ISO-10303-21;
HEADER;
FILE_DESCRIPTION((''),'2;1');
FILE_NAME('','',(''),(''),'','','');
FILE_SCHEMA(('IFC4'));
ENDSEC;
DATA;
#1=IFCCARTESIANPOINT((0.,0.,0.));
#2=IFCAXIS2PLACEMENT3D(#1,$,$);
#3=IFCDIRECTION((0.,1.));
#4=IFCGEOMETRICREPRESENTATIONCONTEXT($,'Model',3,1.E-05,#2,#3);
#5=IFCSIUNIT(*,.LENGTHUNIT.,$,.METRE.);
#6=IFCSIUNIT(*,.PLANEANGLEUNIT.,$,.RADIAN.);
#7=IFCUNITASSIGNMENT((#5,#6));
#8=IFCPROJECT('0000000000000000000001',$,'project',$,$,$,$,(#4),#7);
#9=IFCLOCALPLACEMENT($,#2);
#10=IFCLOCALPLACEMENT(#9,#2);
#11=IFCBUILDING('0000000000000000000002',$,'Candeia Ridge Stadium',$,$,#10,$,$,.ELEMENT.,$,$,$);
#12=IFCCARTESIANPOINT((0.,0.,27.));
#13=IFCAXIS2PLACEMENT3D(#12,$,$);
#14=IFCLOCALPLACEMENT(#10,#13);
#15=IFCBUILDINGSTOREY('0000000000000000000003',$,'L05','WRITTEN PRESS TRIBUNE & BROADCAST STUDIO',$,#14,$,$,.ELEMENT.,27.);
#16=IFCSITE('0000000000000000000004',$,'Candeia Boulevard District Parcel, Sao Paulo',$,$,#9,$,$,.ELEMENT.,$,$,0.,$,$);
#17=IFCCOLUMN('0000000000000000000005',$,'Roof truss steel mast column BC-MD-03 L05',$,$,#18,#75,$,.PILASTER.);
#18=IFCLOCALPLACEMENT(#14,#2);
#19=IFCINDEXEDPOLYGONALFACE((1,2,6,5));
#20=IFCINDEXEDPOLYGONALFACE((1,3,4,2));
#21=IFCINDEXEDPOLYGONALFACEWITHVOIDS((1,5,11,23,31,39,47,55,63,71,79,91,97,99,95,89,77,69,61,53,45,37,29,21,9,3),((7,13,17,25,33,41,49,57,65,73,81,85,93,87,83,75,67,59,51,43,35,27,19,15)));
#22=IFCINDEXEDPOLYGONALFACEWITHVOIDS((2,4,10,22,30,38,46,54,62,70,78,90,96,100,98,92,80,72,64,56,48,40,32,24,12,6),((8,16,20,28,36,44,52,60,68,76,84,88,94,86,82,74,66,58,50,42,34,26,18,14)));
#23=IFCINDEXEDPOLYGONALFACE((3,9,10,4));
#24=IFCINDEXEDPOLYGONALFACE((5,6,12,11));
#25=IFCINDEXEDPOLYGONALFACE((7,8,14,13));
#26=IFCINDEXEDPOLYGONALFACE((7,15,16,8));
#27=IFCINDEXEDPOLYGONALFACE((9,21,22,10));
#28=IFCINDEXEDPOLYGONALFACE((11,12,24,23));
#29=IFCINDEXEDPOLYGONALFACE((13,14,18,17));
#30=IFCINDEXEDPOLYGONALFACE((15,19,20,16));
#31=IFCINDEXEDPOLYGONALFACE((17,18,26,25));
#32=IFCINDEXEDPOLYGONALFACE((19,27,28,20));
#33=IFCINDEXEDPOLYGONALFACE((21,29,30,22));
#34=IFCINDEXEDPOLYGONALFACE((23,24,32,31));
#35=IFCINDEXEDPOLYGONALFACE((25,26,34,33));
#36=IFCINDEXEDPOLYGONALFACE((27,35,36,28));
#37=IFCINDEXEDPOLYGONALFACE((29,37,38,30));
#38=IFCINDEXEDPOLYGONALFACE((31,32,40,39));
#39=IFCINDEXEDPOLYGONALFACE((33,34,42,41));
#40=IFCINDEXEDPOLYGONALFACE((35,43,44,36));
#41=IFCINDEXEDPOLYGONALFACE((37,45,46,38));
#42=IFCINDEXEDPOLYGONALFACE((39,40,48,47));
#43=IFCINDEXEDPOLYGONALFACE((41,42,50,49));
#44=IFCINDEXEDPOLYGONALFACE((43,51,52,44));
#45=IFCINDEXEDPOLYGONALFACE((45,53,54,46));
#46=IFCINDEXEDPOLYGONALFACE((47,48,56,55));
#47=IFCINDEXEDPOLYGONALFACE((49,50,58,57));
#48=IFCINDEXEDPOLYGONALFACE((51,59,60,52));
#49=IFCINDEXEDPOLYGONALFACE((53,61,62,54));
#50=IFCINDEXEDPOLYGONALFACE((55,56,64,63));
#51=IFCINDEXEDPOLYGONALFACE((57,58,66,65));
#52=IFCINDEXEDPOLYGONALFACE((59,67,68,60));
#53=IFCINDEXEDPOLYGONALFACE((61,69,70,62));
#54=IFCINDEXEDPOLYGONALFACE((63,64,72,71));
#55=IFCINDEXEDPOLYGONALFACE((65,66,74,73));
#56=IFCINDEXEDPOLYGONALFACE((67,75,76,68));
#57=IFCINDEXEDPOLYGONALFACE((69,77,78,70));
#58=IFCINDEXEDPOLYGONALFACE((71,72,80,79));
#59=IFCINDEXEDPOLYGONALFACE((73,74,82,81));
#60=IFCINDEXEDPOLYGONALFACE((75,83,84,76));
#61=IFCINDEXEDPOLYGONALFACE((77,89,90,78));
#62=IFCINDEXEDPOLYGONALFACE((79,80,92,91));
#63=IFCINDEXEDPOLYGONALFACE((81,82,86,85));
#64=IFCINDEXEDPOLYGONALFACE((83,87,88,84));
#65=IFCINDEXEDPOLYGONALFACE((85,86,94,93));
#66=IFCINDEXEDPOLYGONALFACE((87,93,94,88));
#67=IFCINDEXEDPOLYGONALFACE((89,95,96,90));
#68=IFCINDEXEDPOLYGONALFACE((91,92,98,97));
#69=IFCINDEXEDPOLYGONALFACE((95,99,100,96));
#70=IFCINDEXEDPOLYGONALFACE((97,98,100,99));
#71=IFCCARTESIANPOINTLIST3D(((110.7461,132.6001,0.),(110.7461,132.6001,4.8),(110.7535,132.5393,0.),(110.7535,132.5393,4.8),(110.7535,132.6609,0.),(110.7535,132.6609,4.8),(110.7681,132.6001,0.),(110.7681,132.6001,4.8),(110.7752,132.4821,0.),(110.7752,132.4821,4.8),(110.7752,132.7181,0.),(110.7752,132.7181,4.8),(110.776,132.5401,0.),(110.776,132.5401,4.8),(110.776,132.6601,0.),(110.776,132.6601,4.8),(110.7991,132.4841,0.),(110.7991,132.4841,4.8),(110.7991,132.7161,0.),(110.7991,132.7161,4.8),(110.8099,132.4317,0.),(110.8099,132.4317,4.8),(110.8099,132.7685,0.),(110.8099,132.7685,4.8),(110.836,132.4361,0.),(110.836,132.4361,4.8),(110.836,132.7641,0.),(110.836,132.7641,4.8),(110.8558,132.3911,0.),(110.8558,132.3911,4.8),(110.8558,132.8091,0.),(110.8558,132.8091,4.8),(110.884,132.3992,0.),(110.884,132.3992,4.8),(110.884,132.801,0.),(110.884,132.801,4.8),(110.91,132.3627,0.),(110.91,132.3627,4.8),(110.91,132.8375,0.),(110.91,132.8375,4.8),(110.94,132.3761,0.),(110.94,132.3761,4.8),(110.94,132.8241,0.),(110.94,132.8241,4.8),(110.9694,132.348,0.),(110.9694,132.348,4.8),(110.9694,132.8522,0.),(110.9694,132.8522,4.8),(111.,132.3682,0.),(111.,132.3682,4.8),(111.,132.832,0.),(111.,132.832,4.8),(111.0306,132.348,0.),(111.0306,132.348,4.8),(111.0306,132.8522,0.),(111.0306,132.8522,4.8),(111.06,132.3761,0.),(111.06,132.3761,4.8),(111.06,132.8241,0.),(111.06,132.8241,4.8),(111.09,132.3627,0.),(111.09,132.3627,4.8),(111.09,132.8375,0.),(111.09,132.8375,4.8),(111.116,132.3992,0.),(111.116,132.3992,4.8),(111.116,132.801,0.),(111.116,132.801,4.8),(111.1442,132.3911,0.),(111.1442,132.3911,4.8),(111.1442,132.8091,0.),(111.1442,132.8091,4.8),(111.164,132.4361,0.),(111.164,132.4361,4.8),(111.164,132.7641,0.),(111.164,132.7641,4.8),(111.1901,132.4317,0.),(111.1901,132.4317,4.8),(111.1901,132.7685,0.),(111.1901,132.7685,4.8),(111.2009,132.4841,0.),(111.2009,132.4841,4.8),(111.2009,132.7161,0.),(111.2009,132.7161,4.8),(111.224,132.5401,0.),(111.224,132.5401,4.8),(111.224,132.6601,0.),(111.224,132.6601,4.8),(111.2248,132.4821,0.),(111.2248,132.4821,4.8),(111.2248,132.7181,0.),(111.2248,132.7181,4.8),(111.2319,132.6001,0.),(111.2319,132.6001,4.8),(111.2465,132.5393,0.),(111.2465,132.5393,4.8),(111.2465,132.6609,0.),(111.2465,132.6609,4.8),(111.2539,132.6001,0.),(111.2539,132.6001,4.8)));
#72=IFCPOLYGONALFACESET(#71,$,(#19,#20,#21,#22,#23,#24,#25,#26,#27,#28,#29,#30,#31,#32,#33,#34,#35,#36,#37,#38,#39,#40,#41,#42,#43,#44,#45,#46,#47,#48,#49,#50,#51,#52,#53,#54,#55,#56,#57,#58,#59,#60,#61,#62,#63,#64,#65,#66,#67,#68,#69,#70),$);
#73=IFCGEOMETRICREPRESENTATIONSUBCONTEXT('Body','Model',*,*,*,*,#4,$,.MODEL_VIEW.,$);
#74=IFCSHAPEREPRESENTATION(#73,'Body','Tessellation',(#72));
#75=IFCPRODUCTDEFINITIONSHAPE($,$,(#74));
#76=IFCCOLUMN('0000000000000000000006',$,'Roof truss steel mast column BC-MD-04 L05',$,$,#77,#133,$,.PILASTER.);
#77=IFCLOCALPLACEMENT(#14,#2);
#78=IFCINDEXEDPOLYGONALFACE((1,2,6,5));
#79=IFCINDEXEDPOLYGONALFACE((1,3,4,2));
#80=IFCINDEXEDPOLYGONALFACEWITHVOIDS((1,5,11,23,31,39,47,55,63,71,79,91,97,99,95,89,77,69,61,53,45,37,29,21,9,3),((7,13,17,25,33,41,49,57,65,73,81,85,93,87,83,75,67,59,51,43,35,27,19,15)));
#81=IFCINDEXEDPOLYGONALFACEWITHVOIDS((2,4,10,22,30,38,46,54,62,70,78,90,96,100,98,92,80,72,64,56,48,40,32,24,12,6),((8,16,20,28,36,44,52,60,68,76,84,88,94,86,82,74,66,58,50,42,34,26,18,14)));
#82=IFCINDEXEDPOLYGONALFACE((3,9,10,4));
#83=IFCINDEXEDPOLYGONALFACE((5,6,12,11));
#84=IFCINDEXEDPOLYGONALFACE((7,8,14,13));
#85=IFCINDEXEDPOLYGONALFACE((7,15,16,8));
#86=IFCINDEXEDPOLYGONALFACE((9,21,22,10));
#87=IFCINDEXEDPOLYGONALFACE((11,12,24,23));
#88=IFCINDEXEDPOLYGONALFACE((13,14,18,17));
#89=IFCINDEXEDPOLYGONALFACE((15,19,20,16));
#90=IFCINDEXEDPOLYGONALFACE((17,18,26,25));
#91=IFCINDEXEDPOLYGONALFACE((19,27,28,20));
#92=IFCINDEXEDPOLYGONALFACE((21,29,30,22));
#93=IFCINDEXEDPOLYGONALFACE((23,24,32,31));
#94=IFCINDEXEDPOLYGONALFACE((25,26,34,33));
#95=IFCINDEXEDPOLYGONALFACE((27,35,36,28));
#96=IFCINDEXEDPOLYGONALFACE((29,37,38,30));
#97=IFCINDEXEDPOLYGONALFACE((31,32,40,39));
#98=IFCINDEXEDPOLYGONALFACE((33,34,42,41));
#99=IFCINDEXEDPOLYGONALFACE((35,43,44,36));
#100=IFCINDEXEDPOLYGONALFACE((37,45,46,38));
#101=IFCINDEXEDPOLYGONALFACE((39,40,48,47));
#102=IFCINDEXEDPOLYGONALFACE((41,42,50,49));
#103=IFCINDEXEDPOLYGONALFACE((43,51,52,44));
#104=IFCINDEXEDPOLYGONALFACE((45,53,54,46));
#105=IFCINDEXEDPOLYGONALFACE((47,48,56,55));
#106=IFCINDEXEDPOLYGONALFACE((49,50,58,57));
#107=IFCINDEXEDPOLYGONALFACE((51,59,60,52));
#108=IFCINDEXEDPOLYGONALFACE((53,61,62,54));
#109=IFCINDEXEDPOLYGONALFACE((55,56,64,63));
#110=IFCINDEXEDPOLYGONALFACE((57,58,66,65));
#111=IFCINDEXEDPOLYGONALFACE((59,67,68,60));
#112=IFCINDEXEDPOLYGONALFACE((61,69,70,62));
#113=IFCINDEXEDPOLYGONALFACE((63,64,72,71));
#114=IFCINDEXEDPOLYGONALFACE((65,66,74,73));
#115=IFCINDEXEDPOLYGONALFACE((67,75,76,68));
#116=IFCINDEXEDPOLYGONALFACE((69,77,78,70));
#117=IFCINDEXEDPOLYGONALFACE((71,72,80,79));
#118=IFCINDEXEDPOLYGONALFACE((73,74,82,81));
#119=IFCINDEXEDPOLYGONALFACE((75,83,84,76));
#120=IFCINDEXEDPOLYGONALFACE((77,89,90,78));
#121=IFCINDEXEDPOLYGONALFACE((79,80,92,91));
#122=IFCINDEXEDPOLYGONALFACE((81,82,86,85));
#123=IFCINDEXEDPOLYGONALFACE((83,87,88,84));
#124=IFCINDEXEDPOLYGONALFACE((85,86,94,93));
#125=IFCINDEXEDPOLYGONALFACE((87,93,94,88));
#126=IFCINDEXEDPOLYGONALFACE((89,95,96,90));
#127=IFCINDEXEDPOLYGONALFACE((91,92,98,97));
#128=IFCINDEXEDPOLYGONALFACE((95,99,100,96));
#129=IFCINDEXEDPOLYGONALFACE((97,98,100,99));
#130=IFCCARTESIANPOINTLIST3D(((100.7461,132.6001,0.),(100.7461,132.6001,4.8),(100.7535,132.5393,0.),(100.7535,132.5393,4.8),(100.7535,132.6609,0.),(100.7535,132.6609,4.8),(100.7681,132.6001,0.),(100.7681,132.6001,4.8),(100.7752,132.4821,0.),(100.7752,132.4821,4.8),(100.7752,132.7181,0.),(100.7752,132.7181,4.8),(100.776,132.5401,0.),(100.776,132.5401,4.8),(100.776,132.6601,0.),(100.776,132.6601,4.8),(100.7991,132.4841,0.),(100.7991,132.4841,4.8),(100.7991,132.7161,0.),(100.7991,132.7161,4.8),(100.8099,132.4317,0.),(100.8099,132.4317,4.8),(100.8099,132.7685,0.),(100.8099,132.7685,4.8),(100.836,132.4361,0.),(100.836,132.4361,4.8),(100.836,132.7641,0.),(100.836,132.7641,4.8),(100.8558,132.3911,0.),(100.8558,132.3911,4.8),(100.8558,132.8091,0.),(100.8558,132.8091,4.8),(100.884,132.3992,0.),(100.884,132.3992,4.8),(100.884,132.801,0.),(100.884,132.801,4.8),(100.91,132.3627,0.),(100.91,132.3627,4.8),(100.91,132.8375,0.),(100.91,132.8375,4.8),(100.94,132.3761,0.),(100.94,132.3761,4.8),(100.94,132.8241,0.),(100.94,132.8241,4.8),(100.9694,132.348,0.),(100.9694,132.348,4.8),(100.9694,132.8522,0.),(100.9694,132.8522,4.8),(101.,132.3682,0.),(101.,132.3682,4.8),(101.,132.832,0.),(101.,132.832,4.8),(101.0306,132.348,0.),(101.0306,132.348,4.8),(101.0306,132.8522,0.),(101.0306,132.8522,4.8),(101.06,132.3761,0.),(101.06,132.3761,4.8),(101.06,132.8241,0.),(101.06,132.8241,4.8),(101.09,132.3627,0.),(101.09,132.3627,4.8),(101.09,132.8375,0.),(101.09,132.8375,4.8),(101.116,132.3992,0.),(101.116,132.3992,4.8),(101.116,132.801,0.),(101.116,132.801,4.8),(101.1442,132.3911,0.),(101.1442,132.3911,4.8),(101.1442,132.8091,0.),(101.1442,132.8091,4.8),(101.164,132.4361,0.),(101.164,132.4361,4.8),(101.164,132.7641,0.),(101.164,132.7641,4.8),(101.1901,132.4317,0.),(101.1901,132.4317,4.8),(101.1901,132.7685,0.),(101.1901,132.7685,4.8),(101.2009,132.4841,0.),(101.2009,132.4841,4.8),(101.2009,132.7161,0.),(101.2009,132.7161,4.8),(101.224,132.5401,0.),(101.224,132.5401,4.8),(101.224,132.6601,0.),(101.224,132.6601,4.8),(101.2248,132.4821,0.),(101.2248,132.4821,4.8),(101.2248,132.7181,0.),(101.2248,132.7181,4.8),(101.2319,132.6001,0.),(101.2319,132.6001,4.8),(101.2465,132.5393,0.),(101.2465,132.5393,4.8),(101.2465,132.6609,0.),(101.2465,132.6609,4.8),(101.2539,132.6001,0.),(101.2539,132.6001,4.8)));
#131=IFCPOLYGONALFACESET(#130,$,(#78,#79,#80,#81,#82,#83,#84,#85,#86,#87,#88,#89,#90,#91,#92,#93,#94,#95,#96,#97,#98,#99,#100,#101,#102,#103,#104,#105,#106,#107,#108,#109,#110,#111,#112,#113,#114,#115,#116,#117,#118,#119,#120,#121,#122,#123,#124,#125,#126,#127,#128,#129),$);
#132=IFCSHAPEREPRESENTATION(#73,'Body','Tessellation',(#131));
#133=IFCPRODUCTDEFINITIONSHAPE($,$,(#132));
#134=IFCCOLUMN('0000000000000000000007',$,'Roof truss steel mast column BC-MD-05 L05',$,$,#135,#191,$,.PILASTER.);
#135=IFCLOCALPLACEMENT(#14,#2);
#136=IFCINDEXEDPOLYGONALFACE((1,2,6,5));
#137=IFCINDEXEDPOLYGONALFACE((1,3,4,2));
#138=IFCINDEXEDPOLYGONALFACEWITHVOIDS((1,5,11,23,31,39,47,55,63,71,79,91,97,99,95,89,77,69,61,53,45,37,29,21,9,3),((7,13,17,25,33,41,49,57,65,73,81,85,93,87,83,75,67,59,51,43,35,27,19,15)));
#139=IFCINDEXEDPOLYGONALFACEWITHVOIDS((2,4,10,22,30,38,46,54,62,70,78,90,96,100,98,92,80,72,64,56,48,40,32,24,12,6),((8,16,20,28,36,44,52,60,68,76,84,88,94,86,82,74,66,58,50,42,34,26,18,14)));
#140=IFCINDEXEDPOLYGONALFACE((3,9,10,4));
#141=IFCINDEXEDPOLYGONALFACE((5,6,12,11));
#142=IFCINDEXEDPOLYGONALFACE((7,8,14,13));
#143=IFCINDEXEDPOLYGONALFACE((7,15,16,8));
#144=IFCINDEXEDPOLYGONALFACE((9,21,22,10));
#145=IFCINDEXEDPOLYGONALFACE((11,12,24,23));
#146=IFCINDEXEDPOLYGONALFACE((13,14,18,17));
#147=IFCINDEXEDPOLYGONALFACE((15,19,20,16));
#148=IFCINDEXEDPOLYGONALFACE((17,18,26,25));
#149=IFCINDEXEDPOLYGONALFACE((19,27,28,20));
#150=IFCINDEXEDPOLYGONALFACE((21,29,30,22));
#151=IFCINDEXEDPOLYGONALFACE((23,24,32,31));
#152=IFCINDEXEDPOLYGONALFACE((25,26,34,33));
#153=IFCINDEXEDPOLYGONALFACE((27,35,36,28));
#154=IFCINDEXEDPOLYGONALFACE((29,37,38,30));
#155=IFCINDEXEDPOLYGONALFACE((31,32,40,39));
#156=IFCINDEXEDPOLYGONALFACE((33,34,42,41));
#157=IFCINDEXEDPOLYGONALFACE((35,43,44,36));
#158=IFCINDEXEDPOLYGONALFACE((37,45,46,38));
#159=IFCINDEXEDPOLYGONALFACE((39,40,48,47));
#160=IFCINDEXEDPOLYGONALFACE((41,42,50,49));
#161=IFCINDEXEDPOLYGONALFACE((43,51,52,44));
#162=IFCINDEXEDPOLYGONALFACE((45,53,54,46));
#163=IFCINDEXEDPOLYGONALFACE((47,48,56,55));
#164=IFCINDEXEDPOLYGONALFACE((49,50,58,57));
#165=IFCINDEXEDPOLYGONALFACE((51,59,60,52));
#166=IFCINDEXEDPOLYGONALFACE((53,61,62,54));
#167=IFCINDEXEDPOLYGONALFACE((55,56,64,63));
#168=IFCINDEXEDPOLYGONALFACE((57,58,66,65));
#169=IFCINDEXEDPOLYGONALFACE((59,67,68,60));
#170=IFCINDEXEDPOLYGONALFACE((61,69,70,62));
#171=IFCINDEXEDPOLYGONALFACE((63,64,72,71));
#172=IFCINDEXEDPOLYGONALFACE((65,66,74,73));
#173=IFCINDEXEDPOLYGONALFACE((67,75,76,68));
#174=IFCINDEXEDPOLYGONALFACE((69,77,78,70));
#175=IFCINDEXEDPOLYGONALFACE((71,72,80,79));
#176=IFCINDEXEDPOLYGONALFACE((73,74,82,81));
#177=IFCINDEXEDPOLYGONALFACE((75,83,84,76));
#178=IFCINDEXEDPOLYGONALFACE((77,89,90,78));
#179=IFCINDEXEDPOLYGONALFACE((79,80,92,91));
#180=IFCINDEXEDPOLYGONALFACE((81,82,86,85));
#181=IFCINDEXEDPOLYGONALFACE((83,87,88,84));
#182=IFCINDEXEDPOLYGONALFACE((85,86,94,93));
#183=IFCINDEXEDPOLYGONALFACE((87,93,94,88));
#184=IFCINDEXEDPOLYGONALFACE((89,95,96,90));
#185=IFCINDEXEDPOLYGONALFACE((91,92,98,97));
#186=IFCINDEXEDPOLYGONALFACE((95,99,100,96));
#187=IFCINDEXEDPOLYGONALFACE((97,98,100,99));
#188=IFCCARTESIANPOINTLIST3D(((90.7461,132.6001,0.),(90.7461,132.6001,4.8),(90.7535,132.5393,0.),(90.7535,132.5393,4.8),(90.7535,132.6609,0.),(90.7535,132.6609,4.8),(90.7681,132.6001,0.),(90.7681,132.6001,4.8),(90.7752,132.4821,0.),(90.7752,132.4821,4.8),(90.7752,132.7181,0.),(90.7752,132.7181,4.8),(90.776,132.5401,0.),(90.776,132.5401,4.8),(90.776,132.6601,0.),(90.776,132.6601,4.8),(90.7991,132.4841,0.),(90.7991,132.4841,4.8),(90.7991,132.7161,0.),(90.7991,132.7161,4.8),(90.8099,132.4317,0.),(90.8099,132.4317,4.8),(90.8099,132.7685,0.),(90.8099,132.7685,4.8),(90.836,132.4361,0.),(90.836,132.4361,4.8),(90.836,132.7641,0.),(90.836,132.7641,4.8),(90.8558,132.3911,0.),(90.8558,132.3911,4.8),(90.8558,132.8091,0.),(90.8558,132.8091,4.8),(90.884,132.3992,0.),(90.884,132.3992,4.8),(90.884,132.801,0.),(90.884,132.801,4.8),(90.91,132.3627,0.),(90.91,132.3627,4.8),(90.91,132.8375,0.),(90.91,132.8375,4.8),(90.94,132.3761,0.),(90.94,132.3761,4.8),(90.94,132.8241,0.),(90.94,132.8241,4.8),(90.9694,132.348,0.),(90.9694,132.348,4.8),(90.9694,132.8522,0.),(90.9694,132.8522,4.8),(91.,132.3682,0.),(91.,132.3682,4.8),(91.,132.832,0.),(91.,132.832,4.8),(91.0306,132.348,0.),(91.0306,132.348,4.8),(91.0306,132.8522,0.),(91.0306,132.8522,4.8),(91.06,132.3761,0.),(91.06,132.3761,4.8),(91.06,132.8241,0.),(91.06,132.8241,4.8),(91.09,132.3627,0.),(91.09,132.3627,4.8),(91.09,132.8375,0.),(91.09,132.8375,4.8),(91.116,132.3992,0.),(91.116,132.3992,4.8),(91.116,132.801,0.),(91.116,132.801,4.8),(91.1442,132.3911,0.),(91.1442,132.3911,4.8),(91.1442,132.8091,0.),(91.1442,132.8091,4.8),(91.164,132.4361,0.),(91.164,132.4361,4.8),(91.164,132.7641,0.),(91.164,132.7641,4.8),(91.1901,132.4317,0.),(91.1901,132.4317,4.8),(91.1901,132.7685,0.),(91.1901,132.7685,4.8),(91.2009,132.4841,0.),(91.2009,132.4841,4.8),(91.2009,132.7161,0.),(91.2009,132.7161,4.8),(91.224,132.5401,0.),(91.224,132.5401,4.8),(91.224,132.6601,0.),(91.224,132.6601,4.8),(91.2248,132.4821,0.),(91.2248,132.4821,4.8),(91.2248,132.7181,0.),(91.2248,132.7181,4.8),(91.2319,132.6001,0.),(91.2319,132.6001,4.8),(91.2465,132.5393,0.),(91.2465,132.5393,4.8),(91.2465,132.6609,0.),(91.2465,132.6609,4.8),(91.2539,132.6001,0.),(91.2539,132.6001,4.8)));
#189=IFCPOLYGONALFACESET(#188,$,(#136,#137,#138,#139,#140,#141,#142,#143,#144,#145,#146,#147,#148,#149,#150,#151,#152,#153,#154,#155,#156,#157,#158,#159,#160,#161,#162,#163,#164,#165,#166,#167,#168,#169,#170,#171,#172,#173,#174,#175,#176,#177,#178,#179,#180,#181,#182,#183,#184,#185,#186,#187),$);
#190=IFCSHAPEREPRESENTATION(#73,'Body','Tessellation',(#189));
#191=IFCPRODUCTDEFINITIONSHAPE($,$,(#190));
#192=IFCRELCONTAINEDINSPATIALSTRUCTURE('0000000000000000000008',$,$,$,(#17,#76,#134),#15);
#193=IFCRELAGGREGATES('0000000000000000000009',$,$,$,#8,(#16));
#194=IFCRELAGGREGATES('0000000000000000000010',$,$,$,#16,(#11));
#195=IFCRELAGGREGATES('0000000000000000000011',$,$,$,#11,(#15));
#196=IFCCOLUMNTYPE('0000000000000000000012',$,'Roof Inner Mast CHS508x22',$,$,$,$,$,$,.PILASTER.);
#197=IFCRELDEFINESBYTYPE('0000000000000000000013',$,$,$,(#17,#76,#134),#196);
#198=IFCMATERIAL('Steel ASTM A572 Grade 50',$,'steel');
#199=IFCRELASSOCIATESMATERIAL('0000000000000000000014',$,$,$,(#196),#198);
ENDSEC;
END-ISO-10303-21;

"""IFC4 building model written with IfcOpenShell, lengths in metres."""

from ifc_helpers import new_model, si_unit, direction, frame, origin, origin_2d, place, context, subcontext, project, spatial, hollow_circle, extrude, material, material_profile, profile_set, type_object, element, save


model = new_model("IFC4")

# Units and contexts
model_context = context("Model", 3, precision=1e-05, world=origin(), true_north=direction((0.0, 1.0)))
body_context = subcontext(model_context, "Body", "Model", "MODEL_VIEW")
ifc_project = project(units=[si_unit("LENGTHUNIT", "METRE"), si_unit("PLANEANGLEUNIT", "RADIAN")], contexts=[model_context])

# Site, building, storey
site_placement = place(None, origin())
site = spatial("IfcSite", under=ifc_project, at=site_placement, Name="Candeia Boulevard District Parcel, Sao Paulo", CompositionType="ELEMENT", RefElevation=0.0)
building_placement = place(site_placement, origin())
building = spatial("IfcBuilding", under=site, at=building_placement, Name="Candeia Ridge Stadium", CompositionType="ELEMENT")
storey_placement = place(building_placement, frame((0.0, 0.0, 27.0)))
storey = spatial("IfcBuildingStorey", under=building, at=storey_placement, Name="L05", Description="WRITTEN PRESS TRIBUNE & BROADCAST STUDIO", CompositionType="ELEMENT", Elevation=27.0)

# Columns
ifc_material_1 = material(Name="Steel ASTM A572 Grade 50", Category="steel")
ifc_material_profile_1 = material_profile(ifc_material_1, hollow_circle(Radius=0.2539, WallThickness=0.022, at=origin_2d()), Name="CHS508x22", Category="steel")
ifc_profile_set_1 = profile_set([ifc_material_profile_1], Name="Steel ASTM A572 Grade 50")
column_type_1 = type_object("IfcColumnType", Name="Roof Inner Mast CHS508x22", PredefinedType="PILASTER", material=ifc_profile_set_1)
for number, where, z_axis, x_axis, name in (
    (1, (111.0, 132.6001, 0.0), (0.0, 0.0, 1.0), (1.0, 0.0, 0.0), "Roof truss steel mast column BC-MD-03 L05"),
    (2, (101.0, 132.6001, 0.0), (0.0, 0.0, 1.0), (1.0, 0.0, 0.0), "Roof truss steel mast column BC-MD-04 L05"),
    (3, (91.0, 132.6001, 0.0), (0.0, 0.0, 1.0), (1.0, 0.0, 0.0), "Roof truss steel mast column BC-MD-05 L05"),
):
    element("IfcColumn", number, at=place(storey_placement, frame(where, z_axis=z_axis, x_axis=x_axis)), inside=storey, type_object=column_type_1, Name=name, PredefinedType="PILASTER", context=body_context, shape_type="SweptSolid", body=[
        extrude(hollow_circle(Radius=0.2539, WallThickness=0.022, at=origin_2d()), origin(), (0.0, 0.0, 1.0), 4.8),
    ])

save(model, "model.ifc")
